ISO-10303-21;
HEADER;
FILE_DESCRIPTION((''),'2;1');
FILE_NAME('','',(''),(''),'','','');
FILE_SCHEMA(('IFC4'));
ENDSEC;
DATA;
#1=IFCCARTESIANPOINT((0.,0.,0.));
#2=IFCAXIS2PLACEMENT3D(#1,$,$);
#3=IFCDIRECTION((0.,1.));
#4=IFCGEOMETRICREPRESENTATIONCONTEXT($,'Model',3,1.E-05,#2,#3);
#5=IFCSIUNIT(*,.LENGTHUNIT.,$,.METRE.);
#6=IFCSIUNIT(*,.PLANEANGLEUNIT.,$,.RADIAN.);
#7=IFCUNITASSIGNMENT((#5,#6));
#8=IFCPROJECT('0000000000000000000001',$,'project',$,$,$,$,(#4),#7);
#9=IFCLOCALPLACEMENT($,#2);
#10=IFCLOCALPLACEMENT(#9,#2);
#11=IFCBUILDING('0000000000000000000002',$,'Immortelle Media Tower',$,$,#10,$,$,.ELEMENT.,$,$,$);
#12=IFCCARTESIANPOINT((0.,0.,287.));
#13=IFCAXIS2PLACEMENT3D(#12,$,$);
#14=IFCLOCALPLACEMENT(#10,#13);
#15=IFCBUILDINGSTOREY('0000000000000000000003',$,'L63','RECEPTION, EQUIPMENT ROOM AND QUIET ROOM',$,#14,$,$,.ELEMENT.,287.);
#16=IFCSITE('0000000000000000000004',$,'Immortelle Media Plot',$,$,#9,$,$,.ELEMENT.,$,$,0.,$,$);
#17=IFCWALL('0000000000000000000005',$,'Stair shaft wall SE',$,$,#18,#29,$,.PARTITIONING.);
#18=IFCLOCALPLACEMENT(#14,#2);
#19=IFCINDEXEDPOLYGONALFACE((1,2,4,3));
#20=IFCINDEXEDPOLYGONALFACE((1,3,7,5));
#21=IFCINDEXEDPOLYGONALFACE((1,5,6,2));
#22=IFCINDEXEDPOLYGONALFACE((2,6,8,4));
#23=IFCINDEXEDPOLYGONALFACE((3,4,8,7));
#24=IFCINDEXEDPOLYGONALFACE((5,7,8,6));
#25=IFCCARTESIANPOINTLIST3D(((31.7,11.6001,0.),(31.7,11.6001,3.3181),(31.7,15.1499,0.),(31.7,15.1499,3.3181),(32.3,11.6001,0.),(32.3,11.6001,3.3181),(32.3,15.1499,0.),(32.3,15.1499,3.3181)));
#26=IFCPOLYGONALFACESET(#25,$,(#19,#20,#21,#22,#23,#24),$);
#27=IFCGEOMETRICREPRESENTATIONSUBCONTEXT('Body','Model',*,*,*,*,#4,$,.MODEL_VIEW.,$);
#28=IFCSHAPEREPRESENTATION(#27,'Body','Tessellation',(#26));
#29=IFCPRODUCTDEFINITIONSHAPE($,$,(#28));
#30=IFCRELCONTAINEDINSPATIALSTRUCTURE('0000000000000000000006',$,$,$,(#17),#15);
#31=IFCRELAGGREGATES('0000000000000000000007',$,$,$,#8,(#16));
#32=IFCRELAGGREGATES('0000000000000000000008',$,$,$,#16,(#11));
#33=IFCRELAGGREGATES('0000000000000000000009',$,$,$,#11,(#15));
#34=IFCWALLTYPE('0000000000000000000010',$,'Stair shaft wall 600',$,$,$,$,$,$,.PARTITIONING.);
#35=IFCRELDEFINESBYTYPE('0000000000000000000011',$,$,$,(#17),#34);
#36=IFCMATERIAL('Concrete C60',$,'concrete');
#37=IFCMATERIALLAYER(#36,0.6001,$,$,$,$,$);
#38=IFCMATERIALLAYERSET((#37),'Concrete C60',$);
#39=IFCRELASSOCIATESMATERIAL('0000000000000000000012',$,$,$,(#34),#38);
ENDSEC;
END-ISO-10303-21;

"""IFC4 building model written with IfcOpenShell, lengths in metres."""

from ifc_helpers import new_model, si_unit, direction, frame, frame_2d, origin, place, context, subcontext, project, spatial, rectangle, extrude, material, layer, layer_set, type_object, element, save


model = new_model("IFC4")

# Units and contexts
model_context = context("Model", 3, precision=1e-05, world=origin(), true_north=direction((0.0, 1.0)))
body_context = subcontext(model_context, "Body", "Model", "MODEL_VIEW")
ifc_project = project(units=[si_unit("LENGTHUNIT", "METRE"), si_unit("PLANEANGLEUNIT", "RADIAN")], contexts=[model_context])

# Site, building, storey
site_placement = place(None, origin())
site = spatial("IfcSite", under=ifc_project, at=site_placement, Name="Immortelle Media Plot", CompositionType="ELEMENT", RefElevation=0.0)
building_placement = place(site_placement, origin())
building = spatial("IfcBuilding", under=site, at=building_placement, Name="Immortelle Media Tower", CompositionType="ELEMENT")
storey_placement = place(building_placement, frame((0.0, 0.0, 287.0)))
storey = spatial("IfcBuildingStorey", under=building, at=storey_placement, Name="L63", Description="RECEPTION, EQUIPMENT ROOM AND QUIET ROOM", CompositionType="ELEMENT", Elevation=287.0)

# Shared definitions
ifc_material_1 = material(Name="Concrete C60", Category="concrete")

# Wall
ifc_layer_1 = layer(ifc_material_1, 0.6001)
ifc_layer_set_1 = layer_set([ifc_layer_1], Name="Concrete C60")
wall_type_1 = type_object("IfcWallType", Name="Stair shaft wall 600", PredefinedType="PARTITIONING", material=ifc_layer_set_1)
wall_1_placement = place(storey_placement, frame((32.0, 11.6001, 0.0), z_axis=(0.0, 0.0, 1.0), x_axis=(0.0, 1.0, 0.0)))
element("IfcWall", 1, at=wall_1_placement, inside=storey, type_object=wall_type_1, Name="Stair shaft wall SE", PredefinedType="PARTITIONING", context=body_context, shape_type="SweptSolid", body=[
    extrude(rectangle(XDim=3.5498, YDim=0.6001, at=frame_2d((1.7749, 0.0))), origin(), (0.0, 0.0, 1.0), 3.3181),
])

save(model, "model.ifc")
